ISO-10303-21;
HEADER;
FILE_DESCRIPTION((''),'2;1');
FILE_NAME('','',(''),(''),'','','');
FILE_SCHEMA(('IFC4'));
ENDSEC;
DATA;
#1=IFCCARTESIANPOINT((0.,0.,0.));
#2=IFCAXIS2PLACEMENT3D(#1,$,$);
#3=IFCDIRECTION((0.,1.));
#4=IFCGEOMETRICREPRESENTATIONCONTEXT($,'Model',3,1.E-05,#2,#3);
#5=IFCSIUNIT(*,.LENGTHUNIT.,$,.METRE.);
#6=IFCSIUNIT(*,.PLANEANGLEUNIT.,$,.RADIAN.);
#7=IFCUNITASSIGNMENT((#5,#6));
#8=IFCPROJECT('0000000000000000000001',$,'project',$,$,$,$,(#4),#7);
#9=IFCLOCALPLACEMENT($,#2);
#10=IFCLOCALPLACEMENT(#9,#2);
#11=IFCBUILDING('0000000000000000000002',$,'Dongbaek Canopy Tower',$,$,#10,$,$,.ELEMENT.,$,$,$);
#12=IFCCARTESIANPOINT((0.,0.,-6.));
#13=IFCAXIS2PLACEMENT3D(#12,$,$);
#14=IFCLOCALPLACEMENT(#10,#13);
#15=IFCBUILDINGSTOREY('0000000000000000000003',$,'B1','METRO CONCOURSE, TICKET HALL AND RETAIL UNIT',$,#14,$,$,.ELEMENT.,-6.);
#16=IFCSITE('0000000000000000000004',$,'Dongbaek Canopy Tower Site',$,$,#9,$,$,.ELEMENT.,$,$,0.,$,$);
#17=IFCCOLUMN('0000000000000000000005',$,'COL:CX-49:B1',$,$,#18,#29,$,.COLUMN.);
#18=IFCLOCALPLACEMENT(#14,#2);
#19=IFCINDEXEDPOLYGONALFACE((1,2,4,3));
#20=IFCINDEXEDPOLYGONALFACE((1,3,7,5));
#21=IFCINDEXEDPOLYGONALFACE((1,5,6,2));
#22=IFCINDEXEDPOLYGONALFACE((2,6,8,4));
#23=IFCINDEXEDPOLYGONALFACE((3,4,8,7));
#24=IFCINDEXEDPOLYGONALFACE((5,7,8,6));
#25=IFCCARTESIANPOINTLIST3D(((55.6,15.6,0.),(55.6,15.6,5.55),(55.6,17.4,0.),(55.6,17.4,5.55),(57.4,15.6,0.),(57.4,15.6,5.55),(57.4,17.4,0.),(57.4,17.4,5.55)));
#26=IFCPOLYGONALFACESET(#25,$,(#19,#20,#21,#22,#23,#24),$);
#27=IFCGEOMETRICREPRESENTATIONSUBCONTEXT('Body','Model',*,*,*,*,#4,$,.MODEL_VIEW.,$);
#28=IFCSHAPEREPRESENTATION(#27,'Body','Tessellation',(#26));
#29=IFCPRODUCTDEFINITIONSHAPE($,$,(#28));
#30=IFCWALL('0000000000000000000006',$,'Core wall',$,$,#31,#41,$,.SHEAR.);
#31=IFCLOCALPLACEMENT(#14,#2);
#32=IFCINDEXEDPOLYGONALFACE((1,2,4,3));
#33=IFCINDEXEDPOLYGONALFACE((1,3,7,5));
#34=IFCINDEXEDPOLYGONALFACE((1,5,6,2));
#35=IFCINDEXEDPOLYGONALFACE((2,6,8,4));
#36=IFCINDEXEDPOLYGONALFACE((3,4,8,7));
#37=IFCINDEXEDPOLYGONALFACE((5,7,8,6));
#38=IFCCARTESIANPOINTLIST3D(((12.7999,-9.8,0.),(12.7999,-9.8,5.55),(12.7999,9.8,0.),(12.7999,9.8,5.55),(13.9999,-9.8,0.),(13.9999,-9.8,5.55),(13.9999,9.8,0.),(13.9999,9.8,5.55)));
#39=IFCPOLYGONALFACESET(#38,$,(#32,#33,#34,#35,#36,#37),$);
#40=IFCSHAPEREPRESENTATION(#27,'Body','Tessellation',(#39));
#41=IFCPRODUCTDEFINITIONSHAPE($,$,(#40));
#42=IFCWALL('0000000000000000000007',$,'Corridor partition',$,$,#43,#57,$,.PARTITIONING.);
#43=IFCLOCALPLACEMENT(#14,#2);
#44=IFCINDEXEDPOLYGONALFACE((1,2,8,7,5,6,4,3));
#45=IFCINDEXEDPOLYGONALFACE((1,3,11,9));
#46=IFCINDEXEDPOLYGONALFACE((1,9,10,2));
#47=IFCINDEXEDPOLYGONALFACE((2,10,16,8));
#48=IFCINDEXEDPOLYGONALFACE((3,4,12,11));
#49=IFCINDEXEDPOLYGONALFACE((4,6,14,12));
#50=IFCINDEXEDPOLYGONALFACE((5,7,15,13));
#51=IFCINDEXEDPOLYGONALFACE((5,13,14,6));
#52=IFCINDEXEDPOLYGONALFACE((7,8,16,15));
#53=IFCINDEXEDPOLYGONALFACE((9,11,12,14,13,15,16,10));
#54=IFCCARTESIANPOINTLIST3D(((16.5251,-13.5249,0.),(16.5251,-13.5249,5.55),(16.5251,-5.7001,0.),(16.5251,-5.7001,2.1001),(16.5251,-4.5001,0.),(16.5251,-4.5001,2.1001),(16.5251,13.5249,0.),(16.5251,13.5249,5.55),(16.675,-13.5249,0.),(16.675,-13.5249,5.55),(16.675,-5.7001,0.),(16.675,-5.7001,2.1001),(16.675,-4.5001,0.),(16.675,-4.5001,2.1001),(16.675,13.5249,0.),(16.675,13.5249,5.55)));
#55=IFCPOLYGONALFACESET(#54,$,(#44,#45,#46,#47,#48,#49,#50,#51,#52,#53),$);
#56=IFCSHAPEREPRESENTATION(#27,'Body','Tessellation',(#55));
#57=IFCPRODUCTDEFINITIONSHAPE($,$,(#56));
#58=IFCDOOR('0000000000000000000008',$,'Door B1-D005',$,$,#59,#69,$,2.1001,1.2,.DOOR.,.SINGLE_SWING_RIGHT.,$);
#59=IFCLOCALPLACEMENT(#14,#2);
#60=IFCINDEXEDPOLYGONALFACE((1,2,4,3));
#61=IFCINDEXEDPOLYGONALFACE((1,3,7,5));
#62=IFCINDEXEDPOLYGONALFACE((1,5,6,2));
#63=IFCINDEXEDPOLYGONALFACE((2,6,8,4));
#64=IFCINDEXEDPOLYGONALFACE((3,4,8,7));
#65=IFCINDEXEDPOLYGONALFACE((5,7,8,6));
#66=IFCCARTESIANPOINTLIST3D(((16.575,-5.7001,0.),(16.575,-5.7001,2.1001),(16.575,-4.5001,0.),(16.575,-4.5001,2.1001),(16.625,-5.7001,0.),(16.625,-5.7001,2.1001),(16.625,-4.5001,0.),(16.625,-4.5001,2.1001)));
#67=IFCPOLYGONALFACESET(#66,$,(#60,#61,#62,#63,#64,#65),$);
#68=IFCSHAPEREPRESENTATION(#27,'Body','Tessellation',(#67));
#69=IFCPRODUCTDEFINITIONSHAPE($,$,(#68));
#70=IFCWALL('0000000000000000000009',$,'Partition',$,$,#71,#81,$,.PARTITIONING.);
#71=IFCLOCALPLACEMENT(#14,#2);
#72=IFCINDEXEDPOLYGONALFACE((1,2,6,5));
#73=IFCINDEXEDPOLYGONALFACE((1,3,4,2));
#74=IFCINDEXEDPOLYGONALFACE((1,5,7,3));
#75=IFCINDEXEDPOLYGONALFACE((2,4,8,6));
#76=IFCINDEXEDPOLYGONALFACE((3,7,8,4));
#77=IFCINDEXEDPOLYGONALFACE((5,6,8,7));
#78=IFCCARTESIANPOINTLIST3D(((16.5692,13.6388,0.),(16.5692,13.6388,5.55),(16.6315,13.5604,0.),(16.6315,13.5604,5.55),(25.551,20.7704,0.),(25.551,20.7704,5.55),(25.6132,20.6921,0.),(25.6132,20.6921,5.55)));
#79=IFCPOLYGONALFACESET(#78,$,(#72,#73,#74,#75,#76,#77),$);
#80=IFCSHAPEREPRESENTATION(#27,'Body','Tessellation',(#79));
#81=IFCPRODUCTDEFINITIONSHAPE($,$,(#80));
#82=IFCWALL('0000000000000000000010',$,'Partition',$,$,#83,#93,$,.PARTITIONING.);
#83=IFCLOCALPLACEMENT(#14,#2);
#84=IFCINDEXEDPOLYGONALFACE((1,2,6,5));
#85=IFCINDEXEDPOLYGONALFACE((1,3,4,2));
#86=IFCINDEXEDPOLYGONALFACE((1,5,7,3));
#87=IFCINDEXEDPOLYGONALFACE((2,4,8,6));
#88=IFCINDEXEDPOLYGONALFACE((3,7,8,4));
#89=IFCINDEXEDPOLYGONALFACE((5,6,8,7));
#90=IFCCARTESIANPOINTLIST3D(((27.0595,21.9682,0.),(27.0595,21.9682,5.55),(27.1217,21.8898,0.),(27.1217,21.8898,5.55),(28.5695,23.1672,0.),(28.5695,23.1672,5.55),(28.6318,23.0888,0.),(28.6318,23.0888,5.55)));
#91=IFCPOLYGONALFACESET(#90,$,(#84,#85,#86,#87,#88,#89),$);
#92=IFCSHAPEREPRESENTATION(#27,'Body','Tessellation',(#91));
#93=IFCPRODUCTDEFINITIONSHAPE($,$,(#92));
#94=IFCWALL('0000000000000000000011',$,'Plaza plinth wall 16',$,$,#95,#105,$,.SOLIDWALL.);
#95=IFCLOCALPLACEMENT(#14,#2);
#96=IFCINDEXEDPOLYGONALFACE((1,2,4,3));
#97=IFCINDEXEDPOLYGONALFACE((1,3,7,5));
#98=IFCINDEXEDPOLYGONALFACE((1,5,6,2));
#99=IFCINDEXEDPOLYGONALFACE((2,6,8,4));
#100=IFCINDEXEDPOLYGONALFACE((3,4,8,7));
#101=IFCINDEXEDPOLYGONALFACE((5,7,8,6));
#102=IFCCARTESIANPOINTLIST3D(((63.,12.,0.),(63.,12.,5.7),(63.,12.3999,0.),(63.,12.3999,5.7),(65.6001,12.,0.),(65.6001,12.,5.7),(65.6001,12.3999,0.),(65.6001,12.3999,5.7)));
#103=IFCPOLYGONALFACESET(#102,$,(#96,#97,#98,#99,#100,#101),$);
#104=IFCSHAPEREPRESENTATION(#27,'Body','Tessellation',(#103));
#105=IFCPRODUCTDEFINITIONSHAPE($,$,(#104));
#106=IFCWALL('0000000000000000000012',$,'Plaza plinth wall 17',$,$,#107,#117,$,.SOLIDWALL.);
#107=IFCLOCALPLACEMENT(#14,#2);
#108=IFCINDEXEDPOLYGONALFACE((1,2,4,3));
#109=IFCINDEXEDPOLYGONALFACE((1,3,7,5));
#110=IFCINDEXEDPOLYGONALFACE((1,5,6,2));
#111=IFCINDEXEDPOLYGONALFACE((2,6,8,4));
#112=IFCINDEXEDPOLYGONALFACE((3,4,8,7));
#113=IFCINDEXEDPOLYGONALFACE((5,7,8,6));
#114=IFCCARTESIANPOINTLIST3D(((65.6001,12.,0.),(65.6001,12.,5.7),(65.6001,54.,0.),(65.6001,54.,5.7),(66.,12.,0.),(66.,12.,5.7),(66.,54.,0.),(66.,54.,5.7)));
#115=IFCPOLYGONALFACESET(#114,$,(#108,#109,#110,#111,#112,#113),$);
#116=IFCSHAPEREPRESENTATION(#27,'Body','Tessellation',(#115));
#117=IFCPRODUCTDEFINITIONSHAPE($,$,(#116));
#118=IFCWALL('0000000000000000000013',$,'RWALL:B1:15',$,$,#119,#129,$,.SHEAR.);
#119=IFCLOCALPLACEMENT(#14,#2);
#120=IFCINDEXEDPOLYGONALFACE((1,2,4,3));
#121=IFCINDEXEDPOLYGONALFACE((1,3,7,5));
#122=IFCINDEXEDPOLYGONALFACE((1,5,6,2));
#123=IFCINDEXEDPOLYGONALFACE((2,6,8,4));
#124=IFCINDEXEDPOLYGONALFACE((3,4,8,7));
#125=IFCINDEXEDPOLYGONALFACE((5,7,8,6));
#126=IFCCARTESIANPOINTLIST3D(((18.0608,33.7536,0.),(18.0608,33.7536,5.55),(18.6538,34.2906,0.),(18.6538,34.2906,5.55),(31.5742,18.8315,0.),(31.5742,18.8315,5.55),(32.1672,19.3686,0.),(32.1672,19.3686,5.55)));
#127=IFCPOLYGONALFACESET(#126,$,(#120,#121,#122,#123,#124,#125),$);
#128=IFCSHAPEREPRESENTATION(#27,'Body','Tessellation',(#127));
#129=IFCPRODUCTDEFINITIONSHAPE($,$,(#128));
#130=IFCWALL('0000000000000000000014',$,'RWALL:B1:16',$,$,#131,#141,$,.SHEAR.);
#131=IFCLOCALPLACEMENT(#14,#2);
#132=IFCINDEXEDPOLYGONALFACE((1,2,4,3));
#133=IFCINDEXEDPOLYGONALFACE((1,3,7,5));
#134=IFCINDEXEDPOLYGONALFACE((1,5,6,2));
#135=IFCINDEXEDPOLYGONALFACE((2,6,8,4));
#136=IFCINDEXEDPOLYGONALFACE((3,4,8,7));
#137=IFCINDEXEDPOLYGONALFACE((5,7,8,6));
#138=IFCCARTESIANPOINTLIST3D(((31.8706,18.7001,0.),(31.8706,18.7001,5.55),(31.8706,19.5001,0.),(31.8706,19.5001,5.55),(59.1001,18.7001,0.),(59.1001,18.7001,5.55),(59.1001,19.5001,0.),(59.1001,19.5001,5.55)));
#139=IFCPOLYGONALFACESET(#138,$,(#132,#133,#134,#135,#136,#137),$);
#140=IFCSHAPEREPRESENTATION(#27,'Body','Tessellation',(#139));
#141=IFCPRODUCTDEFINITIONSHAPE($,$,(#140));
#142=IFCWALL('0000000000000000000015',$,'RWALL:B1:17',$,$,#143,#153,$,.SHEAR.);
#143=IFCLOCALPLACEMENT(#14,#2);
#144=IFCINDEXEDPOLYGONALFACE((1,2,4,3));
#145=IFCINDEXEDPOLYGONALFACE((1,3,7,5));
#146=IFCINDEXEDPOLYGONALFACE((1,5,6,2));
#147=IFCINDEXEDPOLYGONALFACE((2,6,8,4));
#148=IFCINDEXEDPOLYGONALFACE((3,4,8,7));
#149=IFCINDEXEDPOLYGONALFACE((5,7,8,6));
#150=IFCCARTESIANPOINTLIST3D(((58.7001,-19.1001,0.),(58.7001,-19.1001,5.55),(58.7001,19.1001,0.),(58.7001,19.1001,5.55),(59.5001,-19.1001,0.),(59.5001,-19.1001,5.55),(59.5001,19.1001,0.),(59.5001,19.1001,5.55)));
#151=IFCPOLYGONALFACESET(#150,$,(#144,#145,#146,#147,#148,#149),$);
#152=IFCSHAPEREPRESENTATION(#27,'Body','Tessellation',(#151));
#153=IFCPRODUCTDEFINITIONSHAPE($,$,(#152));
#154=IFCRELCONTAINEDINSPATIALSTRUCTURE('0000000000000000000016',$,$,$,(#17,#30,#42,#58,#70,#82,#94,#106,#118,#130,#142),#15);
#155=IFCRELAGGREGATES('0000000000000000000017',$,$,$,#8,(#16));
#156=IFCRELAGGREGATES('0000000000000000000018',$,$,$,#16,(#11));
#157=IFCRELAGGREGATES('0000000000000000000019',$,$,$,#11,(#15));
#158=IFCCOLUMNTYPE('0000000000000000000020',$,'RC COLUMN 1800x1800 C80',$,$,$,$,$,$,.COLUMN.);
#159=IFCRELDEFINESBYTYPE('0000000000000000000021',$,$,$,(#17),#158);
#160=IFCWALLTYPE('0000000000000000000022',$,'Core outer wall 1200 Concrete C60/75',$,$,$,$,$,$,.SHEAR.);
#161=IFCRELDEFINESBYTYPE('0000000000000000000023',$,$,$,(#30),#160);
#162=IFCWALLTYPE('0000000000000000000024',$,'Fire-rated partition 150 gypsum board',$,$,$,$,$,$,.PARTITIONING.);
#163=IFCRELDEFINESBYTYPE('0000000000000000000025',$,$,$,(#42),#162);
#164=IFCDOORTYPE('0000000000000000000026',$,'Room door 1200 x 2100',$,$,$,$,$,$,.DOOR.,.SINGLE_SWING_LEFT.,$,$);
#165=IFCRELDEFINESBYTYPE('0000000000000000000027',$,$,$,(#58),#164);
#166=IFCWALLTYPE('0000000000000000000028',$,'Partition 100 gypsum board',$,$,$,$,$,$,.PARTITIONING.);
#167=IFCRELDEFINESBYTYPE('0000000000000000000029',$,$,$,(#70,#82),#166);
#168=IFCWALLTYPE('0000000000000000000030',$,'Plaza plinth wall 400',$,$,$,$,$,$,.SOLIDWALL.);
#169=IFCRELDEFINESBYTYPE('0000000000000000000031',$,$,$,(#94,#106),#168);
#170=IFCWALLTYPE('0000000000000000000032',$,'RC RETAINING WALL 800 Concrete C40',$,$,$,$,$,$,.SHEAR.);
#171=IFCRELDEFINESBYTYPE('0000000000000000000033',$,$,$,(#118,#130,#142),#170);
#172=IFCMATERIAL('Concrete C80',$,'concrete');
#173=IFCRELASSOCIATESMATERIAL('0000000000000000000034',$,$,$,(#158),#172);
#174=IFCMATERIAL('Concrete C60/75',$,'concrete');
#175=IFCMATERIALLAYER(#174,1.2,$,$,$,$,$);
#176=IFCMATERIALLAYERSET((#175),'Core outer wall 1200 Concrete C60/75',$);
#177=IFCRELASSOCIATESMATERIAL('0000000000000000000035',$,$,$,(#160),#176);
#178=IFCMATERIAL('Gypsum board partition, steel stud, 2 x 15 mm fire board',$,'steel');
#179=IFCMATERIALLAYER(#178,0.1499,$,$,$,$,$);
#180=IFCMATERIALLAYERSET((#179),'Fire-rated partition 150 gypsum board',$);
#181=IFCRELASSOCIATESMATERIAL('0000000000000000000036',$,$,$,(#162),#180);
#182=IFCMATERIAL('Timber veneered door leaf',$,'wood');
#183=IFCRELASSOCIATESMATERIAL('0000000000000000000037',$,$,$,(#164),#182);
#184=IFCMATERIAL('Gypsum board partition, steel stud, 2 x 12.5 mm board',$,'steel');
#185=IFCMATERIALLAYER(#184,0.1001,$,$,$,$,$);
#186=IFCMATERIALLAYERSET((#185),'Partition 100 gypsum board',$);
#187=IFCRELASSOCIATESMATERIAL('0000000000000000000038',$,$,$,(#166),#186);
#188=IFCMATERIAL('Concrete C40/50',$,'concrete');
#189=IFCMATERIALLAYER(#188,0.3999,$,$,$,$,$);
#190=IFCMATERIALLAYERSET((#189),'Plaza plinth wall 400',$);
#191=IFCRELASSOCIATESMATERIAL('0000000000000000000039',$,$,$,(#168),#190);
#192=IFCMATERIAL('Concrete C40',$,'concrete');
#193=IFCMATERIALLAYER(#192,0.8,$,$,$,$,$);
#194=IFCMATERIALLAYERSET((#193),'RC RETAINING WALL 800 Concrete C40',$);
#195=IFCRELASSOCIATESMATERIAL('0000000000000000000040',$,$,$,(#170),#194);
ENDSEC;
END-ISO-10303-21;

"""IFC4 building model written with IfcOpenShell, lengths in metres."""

from ifc_helpers import new_model, si_unit, direction, frame, frame_2d, origin, origin_2d, place, context, subcontext, project, spatial, rectangle, extrude, material, layer, layer_set, material_profile, profile_set, type_object, element, fill, save


model = new_model("IFC4")

# Units and contexts
model_context = context("Model", 3, precision=1e-05, world=origin(), true_north=direction((0.0, 1.0)))
body_context = subcontext(model_context, "Body", "Model", "MODEL_VIEW")
ifc_project = project(units=[si_unit("LENGTHUNIT", "METRE"), si_unit("PLANEANGLEUNIT", "RADIAN")], contexts=[model_context])

# Site, building, storey
site_placement = place(None, origin())
site = spatial("IfcSite", under=ifc_project, at=site_placement, Name="Dongbaek Canopy Tower Site", CompositionType="ELEMENT", RefElevation=0.0)
building_placement = place(site_placement, origin())
building = spatial("IfcBuilding", under=site, at=building_placement, Name="Dongbaek Canopy Tower", CompositionType="ELEMENT")
storey_placement = place(building_placement, frame((0.0, 0.0, -6.0)))
storey = spatial("IfcBuildingStorey", under=building, at=storey_placement, Name="B1", Description="METRO CONCOURSE, TICKET HALL AND RETAIL UNIT", CompositionType="ELEMENT", Elevation=-6.0)

# Column
ifc_material_1 = material(Name="Concrete C80", Category="concrete")
ifc_material_profile = material_profile(ifc_material_1, rectangle(XDim=1.8, YDim=1.8, at=origin_2d()), Name="RC COLUMN 1800x1800 C80")
ifc_profile_set = profile_set([ifc_material_profile], Name="Concrete C80")
column_type = type_object("IfcColumnType", Name="RC COLUMN 1800x1800 C80", PredefinedType="COLUMN", material=ifc_profile_set)
for number, where, z_axis, x_axis, name in (
    (1, (56.5, 16.5, 0.0), (0.0, 0.0, 1.0), (1.0, 0.0, 0.0), "COL:CX-49:B1"),
):
    element("IfcColumn", number, at=place(storey_placement, frame(where, z_axis=z_axis, x_axis=x_axis)), inside=storey, type_object=column_type, Name=name, PredefinedType="COLUMN", context=body_context, shape_type="SweptSolid", body=[
        extrude(rectangle(XDim=1.8, YDim=1.8, at=origin_2d()), origin(), (0.0, 0.0, 1.0), 5.55),
    ])

# Wall
ifc_material_2 = material(Name="Concrete C60/75", Category="concrete")
ifc_layer_1 = layer(ifc_material_2, 1.2)
ifc_layer_set_1 = layer_set([ifc_layer_1], Name="Core outer wall 1200 Concrete C60/75")
wall_type_1 = type_object("IfcWallType", Name="Core outer wall 1200 Concrete C60/75", PredefinedType="SHEAR", material=ifc_layer_set_1)
wall_1_placement = place(storey_placement, frame((13.3999, 9.8, 0.0), z_axis=(0.0, 0.0, 1.0), x_axis=(0.0, -1.0, 0.0)))
element("IfcWall", 2, at=wall_1_placement, inside=storey, type_object=wall_type_1, Name="Core wall", PredefinedType="SHEAR", context=body_context, shape_type="SweptSolid", body=[
    extrude(rectangle(XDim=19.6001, YDim=1.2, at=frame_2d((9.8, 0.0))), origin(), (0.0, 0.0, 1.0), 5.55),
])

# Wall, opening, door
ifc_material_3 = material(Name="Gypsum board partition, steel stud, 2 x 15 mm fire board", Category="steel")
ifc_layer_2 = layer(ifc_material_3, 0.1499)
ifc_layer_set_2 = layer_set([ifc_layer_2], Name="Fire-rated partition 150 gypsum board")
wall_type_2 = type_object("IfcWallType", Name="Fire-rated partition 150 gypsum board", PredefinedType="PARTITIONING", material=ifc_layer_set_2)
wall_2_placement = place(storey_placement, frame((16.6001, 13.5249, 0.0), z_axis=(0.0, 0.0, 1.0), x_axis=(0.0, -1.0, 0.0)))
wall_2 = element("IfcWall", 3, at=wall_2_placement, inside=storey, type_object=wall_type_2, Name="Corridor partition", PredefinedType="PARTITIONING", context=body_context, shape_type="SweptSolid", body=[
    extrude(rectangle(XDim=27.0498, YDim=0.1499, at=frame_2d((13.5249, 0.0))), origin(), (0.0, 0.0, 1.0), 5.55),
])
opening_placement = place(wall_2_placement, frame((18.0249, 0.0, 0.0)))
opening = element("IfcOpeningElement", 4, at=opening_placement, cuts=wall_2, PredefinedType="OPENING", context=body_context, shape_type="SweptSolid", body=[
    extrude(rectangle(XDim=1.2, YDim=2.1001, at=frame_2d((0.6001, 1.05))), frame((0.0, 0.085, 0.0), z_axis=(0.0, -1.0, 0.0), x_axis=(1.0, 0.0, 0.0)), (0.0, 0.0, 1.0), 0.1699),
])
ifc_material_4 = material(Name="Timber veneered door leaf", Category="wood")
door_type = type_object("IfcDoorType", Name="Room door 1200 x 2100", OperationType="SINGLE_SWING_LEFT", PredefinedType="DOOR", material=ifc_material_4)
door_placement = place(opening_placement, origin())
door = element("IfcDoor", 5, at=door_placement, inside=storey, type_object=door_type, Name="Door B1-D005", OperationType="SINGLE_SWING_RIGHT", OverallHeight=2.1001, OverallWidth=1.2, PredefinedType="DOOR", context=body_context, shape_type="SweptSolid", body=[
    extrude(rectangle(XDim=1.2, YDim=2.1001, at=frame_2d((0.6001, 1.05))), frame((0.0, 0.0249, 0.0), z_axis=(0.0, -1.0, 0.0), x_axis=(1.0, 0.0, 0.0)), (0.0, 0.0, 1.0), 0.05),
])
fill(opening, door)

# Walls
ifc_material_5 = material(Name="Gypsum board partition, steel stud, 2 x 12.5 mm board", Category="steel")
ifc_layer_3 = layer(ifc_material_5, 0.1001)
ifc_layer_set_3 = layer_set([ifc_layer_3], Name="Partition 100 gypsum board")
wall_type_3 = type_object("IfcWallType", Name="Partition 100 gypsum board", PredefinedType="PARTITIONING", material=ifc_layer_set_3)
wall_3_placement = place(storey_placement, frame((16.6003, 13.5996, 0.0), z_axis=(0.0, 0.0, 1.0), x_axis=(0.78315, 0.621833, 0.0)))
element("IfcWall", 6, at=wall_3_placement, inside=storey, type_object=wall_type_3, Name="Partition", PredefinedType="PARTITIONING", context=body_context, shape_type="SweptSolid", body=[
    extrude(rectangle(XDim=11.4688, YDim=0.1001, at=frame_2d((5.7344, 0.0))), origin(), (0.0, 0.0, 1.0), 5.55),
])
wall_4_placement = place(storey_placement, frame((27.0906, 21.929, 0.0), z_axis=(0.0, 0.0, 1.0), x_axis=(0.783149, 0.621834, 0.0)))
element("IfcWall", 7, at=wall_4_placement, inside=storey, type_object=wall_type_3, Name="Partition", PredefinedType="PARTITIONING", context=body_context, shape_type="SweptSolid", body=[
    extrude(rectangle(XDim=1.9282, YDim=0.1001, at=frame_2d((0.9641, 0.0))), origin(), (0.0, 0.0, 1.0), 5.55),
])
ifc_material_6 = material(Name="Concrete C40/50", Category="concrete")
ifc_layer_4 = layer(ifc_material_6, 0.3999)
ifc_layer_set_4 = layer_set([ifc_layer_4], Name="Plaza plinth wall 400")
wall_type_4 = type_object("IfcWallType", Name="Plaza plinth wall 400", PredefinedType="SOLIDWALL", material=ifc_layer_set_4)
wall_5_placement = place(storey_placement, frame((63.0, 12.2, 0.0), z_axis=(0.0, 0.0, 1.0), x_axis=(1.0, 0.0, 0.0)))
element("IfcWall", 8, at=wall_5_placement, inside=storey, type_object=wall_type_4, Name="Plaza plinth wall 16", PredefinedType="SOLIDWALL", context=body_context, shape_type="SweptSolid", body=[
    extrude(rectangle(XDim=2.6001, YDim=0.3999, at=frame_2d((1.3, 0.0))), origin(), (0.0, 0.0, 1.0), 5.7),
])
wall_6_placement = place(storey_placement, frame((65.8, 12.0, 0.0), z_axis=(0.0, 0.0, 1.0), x_axis=(0.0, 1.0, 0.0)))
element("IfcWall", 9, at=wall_6_placement, inside=storey, type_object=wall_type_4, Name="Plaza plinth wall 17", PredefinedType="SOLIDWALL", context=body_context, shape_type="SweptSolid", body=[
    extrude(rectangle(XDim=42.0, YDim=0.3999, at=frame_2d((21.0, 0.0))), origin(), (0.0, 0.0, 1.0), 5.7),
])
ifc_material_7 = material(Name="Concrete C40", Category="concrete")
ifc_layer_5 = layer(ifc_material_7, 0.8)
ifc_layer_set_5 = layer_set([ifc_layer_5], Name="RC RETAINING WALL 800 Concrete C40")
wall_type_5 = type_object("IfcWallType", Name="RC RETAINING WALL 800 Concrete C40", PredefinedType="SHEAR", material=ifc_layer_set_5)
wall_7_placement = place(storey_placement, frame((18.3572, 34.0222, 0.0), z_axis=(0.0, 0.0, 1.0), x_axis=(0.671254, -0.741228, 0.0)))
element("IfcWall", 10, at=wall_7_placement, inside=storey, type_object=wall_type_5, Name="RWALL:B1:15", PredefinedType="SHEAR", context=body_context, shape_type="SweptSolid", body=[
    extrude(rectangle(XDim=20.1316, YDim=0.8, at=frame_2d((10.0659, 0.0))), origin(), (0.0, 0.0, 1.0), 5.55),
])
wall_8_placement = place(storey_placement, frame((31.8706, 19.1001, 0.0), z_axis=(0.0, 0.0, 1.0), x_axis=(1.0, 0.0, 0.0)))
element("IfcWall", 11, at=wall_8_placement, inside=storey, type_object=wall_type_5, Name="RWALL:B1:16", PredefinedType="SHEAR", context=body_context, shape_type="SweptSolid", body=[
    extrude(rectangle(XDim=27.2295, YDim=0.8, at=frame_2d((13.6147, 0.0))), origin(), (0.0, 0.0, 1.0), 5.55),
])
wall_9_placement = place(storey_placement, frame((59.1001, 19.1001, 0.0), z_axis=(0.0, 0.0, 1.0), x_axis=(0.0, -1.0, 0.0)))
element("IfcWall", 12, at=wall_9_placement, inside=storey, type_object=wall_type_5, Name="RWALL:B1:17", PredefinedType="SHEAR", context=body_context, shape_type="SweptSolid", body=[
    extrude(rectangle(XDim=38.2002, YDim=0.8, at=frame_2d((19.1001, 0.0))), origin(), (0.0, 0.0, 1.0), 5.55),
])

save(model, "model.ifc")
